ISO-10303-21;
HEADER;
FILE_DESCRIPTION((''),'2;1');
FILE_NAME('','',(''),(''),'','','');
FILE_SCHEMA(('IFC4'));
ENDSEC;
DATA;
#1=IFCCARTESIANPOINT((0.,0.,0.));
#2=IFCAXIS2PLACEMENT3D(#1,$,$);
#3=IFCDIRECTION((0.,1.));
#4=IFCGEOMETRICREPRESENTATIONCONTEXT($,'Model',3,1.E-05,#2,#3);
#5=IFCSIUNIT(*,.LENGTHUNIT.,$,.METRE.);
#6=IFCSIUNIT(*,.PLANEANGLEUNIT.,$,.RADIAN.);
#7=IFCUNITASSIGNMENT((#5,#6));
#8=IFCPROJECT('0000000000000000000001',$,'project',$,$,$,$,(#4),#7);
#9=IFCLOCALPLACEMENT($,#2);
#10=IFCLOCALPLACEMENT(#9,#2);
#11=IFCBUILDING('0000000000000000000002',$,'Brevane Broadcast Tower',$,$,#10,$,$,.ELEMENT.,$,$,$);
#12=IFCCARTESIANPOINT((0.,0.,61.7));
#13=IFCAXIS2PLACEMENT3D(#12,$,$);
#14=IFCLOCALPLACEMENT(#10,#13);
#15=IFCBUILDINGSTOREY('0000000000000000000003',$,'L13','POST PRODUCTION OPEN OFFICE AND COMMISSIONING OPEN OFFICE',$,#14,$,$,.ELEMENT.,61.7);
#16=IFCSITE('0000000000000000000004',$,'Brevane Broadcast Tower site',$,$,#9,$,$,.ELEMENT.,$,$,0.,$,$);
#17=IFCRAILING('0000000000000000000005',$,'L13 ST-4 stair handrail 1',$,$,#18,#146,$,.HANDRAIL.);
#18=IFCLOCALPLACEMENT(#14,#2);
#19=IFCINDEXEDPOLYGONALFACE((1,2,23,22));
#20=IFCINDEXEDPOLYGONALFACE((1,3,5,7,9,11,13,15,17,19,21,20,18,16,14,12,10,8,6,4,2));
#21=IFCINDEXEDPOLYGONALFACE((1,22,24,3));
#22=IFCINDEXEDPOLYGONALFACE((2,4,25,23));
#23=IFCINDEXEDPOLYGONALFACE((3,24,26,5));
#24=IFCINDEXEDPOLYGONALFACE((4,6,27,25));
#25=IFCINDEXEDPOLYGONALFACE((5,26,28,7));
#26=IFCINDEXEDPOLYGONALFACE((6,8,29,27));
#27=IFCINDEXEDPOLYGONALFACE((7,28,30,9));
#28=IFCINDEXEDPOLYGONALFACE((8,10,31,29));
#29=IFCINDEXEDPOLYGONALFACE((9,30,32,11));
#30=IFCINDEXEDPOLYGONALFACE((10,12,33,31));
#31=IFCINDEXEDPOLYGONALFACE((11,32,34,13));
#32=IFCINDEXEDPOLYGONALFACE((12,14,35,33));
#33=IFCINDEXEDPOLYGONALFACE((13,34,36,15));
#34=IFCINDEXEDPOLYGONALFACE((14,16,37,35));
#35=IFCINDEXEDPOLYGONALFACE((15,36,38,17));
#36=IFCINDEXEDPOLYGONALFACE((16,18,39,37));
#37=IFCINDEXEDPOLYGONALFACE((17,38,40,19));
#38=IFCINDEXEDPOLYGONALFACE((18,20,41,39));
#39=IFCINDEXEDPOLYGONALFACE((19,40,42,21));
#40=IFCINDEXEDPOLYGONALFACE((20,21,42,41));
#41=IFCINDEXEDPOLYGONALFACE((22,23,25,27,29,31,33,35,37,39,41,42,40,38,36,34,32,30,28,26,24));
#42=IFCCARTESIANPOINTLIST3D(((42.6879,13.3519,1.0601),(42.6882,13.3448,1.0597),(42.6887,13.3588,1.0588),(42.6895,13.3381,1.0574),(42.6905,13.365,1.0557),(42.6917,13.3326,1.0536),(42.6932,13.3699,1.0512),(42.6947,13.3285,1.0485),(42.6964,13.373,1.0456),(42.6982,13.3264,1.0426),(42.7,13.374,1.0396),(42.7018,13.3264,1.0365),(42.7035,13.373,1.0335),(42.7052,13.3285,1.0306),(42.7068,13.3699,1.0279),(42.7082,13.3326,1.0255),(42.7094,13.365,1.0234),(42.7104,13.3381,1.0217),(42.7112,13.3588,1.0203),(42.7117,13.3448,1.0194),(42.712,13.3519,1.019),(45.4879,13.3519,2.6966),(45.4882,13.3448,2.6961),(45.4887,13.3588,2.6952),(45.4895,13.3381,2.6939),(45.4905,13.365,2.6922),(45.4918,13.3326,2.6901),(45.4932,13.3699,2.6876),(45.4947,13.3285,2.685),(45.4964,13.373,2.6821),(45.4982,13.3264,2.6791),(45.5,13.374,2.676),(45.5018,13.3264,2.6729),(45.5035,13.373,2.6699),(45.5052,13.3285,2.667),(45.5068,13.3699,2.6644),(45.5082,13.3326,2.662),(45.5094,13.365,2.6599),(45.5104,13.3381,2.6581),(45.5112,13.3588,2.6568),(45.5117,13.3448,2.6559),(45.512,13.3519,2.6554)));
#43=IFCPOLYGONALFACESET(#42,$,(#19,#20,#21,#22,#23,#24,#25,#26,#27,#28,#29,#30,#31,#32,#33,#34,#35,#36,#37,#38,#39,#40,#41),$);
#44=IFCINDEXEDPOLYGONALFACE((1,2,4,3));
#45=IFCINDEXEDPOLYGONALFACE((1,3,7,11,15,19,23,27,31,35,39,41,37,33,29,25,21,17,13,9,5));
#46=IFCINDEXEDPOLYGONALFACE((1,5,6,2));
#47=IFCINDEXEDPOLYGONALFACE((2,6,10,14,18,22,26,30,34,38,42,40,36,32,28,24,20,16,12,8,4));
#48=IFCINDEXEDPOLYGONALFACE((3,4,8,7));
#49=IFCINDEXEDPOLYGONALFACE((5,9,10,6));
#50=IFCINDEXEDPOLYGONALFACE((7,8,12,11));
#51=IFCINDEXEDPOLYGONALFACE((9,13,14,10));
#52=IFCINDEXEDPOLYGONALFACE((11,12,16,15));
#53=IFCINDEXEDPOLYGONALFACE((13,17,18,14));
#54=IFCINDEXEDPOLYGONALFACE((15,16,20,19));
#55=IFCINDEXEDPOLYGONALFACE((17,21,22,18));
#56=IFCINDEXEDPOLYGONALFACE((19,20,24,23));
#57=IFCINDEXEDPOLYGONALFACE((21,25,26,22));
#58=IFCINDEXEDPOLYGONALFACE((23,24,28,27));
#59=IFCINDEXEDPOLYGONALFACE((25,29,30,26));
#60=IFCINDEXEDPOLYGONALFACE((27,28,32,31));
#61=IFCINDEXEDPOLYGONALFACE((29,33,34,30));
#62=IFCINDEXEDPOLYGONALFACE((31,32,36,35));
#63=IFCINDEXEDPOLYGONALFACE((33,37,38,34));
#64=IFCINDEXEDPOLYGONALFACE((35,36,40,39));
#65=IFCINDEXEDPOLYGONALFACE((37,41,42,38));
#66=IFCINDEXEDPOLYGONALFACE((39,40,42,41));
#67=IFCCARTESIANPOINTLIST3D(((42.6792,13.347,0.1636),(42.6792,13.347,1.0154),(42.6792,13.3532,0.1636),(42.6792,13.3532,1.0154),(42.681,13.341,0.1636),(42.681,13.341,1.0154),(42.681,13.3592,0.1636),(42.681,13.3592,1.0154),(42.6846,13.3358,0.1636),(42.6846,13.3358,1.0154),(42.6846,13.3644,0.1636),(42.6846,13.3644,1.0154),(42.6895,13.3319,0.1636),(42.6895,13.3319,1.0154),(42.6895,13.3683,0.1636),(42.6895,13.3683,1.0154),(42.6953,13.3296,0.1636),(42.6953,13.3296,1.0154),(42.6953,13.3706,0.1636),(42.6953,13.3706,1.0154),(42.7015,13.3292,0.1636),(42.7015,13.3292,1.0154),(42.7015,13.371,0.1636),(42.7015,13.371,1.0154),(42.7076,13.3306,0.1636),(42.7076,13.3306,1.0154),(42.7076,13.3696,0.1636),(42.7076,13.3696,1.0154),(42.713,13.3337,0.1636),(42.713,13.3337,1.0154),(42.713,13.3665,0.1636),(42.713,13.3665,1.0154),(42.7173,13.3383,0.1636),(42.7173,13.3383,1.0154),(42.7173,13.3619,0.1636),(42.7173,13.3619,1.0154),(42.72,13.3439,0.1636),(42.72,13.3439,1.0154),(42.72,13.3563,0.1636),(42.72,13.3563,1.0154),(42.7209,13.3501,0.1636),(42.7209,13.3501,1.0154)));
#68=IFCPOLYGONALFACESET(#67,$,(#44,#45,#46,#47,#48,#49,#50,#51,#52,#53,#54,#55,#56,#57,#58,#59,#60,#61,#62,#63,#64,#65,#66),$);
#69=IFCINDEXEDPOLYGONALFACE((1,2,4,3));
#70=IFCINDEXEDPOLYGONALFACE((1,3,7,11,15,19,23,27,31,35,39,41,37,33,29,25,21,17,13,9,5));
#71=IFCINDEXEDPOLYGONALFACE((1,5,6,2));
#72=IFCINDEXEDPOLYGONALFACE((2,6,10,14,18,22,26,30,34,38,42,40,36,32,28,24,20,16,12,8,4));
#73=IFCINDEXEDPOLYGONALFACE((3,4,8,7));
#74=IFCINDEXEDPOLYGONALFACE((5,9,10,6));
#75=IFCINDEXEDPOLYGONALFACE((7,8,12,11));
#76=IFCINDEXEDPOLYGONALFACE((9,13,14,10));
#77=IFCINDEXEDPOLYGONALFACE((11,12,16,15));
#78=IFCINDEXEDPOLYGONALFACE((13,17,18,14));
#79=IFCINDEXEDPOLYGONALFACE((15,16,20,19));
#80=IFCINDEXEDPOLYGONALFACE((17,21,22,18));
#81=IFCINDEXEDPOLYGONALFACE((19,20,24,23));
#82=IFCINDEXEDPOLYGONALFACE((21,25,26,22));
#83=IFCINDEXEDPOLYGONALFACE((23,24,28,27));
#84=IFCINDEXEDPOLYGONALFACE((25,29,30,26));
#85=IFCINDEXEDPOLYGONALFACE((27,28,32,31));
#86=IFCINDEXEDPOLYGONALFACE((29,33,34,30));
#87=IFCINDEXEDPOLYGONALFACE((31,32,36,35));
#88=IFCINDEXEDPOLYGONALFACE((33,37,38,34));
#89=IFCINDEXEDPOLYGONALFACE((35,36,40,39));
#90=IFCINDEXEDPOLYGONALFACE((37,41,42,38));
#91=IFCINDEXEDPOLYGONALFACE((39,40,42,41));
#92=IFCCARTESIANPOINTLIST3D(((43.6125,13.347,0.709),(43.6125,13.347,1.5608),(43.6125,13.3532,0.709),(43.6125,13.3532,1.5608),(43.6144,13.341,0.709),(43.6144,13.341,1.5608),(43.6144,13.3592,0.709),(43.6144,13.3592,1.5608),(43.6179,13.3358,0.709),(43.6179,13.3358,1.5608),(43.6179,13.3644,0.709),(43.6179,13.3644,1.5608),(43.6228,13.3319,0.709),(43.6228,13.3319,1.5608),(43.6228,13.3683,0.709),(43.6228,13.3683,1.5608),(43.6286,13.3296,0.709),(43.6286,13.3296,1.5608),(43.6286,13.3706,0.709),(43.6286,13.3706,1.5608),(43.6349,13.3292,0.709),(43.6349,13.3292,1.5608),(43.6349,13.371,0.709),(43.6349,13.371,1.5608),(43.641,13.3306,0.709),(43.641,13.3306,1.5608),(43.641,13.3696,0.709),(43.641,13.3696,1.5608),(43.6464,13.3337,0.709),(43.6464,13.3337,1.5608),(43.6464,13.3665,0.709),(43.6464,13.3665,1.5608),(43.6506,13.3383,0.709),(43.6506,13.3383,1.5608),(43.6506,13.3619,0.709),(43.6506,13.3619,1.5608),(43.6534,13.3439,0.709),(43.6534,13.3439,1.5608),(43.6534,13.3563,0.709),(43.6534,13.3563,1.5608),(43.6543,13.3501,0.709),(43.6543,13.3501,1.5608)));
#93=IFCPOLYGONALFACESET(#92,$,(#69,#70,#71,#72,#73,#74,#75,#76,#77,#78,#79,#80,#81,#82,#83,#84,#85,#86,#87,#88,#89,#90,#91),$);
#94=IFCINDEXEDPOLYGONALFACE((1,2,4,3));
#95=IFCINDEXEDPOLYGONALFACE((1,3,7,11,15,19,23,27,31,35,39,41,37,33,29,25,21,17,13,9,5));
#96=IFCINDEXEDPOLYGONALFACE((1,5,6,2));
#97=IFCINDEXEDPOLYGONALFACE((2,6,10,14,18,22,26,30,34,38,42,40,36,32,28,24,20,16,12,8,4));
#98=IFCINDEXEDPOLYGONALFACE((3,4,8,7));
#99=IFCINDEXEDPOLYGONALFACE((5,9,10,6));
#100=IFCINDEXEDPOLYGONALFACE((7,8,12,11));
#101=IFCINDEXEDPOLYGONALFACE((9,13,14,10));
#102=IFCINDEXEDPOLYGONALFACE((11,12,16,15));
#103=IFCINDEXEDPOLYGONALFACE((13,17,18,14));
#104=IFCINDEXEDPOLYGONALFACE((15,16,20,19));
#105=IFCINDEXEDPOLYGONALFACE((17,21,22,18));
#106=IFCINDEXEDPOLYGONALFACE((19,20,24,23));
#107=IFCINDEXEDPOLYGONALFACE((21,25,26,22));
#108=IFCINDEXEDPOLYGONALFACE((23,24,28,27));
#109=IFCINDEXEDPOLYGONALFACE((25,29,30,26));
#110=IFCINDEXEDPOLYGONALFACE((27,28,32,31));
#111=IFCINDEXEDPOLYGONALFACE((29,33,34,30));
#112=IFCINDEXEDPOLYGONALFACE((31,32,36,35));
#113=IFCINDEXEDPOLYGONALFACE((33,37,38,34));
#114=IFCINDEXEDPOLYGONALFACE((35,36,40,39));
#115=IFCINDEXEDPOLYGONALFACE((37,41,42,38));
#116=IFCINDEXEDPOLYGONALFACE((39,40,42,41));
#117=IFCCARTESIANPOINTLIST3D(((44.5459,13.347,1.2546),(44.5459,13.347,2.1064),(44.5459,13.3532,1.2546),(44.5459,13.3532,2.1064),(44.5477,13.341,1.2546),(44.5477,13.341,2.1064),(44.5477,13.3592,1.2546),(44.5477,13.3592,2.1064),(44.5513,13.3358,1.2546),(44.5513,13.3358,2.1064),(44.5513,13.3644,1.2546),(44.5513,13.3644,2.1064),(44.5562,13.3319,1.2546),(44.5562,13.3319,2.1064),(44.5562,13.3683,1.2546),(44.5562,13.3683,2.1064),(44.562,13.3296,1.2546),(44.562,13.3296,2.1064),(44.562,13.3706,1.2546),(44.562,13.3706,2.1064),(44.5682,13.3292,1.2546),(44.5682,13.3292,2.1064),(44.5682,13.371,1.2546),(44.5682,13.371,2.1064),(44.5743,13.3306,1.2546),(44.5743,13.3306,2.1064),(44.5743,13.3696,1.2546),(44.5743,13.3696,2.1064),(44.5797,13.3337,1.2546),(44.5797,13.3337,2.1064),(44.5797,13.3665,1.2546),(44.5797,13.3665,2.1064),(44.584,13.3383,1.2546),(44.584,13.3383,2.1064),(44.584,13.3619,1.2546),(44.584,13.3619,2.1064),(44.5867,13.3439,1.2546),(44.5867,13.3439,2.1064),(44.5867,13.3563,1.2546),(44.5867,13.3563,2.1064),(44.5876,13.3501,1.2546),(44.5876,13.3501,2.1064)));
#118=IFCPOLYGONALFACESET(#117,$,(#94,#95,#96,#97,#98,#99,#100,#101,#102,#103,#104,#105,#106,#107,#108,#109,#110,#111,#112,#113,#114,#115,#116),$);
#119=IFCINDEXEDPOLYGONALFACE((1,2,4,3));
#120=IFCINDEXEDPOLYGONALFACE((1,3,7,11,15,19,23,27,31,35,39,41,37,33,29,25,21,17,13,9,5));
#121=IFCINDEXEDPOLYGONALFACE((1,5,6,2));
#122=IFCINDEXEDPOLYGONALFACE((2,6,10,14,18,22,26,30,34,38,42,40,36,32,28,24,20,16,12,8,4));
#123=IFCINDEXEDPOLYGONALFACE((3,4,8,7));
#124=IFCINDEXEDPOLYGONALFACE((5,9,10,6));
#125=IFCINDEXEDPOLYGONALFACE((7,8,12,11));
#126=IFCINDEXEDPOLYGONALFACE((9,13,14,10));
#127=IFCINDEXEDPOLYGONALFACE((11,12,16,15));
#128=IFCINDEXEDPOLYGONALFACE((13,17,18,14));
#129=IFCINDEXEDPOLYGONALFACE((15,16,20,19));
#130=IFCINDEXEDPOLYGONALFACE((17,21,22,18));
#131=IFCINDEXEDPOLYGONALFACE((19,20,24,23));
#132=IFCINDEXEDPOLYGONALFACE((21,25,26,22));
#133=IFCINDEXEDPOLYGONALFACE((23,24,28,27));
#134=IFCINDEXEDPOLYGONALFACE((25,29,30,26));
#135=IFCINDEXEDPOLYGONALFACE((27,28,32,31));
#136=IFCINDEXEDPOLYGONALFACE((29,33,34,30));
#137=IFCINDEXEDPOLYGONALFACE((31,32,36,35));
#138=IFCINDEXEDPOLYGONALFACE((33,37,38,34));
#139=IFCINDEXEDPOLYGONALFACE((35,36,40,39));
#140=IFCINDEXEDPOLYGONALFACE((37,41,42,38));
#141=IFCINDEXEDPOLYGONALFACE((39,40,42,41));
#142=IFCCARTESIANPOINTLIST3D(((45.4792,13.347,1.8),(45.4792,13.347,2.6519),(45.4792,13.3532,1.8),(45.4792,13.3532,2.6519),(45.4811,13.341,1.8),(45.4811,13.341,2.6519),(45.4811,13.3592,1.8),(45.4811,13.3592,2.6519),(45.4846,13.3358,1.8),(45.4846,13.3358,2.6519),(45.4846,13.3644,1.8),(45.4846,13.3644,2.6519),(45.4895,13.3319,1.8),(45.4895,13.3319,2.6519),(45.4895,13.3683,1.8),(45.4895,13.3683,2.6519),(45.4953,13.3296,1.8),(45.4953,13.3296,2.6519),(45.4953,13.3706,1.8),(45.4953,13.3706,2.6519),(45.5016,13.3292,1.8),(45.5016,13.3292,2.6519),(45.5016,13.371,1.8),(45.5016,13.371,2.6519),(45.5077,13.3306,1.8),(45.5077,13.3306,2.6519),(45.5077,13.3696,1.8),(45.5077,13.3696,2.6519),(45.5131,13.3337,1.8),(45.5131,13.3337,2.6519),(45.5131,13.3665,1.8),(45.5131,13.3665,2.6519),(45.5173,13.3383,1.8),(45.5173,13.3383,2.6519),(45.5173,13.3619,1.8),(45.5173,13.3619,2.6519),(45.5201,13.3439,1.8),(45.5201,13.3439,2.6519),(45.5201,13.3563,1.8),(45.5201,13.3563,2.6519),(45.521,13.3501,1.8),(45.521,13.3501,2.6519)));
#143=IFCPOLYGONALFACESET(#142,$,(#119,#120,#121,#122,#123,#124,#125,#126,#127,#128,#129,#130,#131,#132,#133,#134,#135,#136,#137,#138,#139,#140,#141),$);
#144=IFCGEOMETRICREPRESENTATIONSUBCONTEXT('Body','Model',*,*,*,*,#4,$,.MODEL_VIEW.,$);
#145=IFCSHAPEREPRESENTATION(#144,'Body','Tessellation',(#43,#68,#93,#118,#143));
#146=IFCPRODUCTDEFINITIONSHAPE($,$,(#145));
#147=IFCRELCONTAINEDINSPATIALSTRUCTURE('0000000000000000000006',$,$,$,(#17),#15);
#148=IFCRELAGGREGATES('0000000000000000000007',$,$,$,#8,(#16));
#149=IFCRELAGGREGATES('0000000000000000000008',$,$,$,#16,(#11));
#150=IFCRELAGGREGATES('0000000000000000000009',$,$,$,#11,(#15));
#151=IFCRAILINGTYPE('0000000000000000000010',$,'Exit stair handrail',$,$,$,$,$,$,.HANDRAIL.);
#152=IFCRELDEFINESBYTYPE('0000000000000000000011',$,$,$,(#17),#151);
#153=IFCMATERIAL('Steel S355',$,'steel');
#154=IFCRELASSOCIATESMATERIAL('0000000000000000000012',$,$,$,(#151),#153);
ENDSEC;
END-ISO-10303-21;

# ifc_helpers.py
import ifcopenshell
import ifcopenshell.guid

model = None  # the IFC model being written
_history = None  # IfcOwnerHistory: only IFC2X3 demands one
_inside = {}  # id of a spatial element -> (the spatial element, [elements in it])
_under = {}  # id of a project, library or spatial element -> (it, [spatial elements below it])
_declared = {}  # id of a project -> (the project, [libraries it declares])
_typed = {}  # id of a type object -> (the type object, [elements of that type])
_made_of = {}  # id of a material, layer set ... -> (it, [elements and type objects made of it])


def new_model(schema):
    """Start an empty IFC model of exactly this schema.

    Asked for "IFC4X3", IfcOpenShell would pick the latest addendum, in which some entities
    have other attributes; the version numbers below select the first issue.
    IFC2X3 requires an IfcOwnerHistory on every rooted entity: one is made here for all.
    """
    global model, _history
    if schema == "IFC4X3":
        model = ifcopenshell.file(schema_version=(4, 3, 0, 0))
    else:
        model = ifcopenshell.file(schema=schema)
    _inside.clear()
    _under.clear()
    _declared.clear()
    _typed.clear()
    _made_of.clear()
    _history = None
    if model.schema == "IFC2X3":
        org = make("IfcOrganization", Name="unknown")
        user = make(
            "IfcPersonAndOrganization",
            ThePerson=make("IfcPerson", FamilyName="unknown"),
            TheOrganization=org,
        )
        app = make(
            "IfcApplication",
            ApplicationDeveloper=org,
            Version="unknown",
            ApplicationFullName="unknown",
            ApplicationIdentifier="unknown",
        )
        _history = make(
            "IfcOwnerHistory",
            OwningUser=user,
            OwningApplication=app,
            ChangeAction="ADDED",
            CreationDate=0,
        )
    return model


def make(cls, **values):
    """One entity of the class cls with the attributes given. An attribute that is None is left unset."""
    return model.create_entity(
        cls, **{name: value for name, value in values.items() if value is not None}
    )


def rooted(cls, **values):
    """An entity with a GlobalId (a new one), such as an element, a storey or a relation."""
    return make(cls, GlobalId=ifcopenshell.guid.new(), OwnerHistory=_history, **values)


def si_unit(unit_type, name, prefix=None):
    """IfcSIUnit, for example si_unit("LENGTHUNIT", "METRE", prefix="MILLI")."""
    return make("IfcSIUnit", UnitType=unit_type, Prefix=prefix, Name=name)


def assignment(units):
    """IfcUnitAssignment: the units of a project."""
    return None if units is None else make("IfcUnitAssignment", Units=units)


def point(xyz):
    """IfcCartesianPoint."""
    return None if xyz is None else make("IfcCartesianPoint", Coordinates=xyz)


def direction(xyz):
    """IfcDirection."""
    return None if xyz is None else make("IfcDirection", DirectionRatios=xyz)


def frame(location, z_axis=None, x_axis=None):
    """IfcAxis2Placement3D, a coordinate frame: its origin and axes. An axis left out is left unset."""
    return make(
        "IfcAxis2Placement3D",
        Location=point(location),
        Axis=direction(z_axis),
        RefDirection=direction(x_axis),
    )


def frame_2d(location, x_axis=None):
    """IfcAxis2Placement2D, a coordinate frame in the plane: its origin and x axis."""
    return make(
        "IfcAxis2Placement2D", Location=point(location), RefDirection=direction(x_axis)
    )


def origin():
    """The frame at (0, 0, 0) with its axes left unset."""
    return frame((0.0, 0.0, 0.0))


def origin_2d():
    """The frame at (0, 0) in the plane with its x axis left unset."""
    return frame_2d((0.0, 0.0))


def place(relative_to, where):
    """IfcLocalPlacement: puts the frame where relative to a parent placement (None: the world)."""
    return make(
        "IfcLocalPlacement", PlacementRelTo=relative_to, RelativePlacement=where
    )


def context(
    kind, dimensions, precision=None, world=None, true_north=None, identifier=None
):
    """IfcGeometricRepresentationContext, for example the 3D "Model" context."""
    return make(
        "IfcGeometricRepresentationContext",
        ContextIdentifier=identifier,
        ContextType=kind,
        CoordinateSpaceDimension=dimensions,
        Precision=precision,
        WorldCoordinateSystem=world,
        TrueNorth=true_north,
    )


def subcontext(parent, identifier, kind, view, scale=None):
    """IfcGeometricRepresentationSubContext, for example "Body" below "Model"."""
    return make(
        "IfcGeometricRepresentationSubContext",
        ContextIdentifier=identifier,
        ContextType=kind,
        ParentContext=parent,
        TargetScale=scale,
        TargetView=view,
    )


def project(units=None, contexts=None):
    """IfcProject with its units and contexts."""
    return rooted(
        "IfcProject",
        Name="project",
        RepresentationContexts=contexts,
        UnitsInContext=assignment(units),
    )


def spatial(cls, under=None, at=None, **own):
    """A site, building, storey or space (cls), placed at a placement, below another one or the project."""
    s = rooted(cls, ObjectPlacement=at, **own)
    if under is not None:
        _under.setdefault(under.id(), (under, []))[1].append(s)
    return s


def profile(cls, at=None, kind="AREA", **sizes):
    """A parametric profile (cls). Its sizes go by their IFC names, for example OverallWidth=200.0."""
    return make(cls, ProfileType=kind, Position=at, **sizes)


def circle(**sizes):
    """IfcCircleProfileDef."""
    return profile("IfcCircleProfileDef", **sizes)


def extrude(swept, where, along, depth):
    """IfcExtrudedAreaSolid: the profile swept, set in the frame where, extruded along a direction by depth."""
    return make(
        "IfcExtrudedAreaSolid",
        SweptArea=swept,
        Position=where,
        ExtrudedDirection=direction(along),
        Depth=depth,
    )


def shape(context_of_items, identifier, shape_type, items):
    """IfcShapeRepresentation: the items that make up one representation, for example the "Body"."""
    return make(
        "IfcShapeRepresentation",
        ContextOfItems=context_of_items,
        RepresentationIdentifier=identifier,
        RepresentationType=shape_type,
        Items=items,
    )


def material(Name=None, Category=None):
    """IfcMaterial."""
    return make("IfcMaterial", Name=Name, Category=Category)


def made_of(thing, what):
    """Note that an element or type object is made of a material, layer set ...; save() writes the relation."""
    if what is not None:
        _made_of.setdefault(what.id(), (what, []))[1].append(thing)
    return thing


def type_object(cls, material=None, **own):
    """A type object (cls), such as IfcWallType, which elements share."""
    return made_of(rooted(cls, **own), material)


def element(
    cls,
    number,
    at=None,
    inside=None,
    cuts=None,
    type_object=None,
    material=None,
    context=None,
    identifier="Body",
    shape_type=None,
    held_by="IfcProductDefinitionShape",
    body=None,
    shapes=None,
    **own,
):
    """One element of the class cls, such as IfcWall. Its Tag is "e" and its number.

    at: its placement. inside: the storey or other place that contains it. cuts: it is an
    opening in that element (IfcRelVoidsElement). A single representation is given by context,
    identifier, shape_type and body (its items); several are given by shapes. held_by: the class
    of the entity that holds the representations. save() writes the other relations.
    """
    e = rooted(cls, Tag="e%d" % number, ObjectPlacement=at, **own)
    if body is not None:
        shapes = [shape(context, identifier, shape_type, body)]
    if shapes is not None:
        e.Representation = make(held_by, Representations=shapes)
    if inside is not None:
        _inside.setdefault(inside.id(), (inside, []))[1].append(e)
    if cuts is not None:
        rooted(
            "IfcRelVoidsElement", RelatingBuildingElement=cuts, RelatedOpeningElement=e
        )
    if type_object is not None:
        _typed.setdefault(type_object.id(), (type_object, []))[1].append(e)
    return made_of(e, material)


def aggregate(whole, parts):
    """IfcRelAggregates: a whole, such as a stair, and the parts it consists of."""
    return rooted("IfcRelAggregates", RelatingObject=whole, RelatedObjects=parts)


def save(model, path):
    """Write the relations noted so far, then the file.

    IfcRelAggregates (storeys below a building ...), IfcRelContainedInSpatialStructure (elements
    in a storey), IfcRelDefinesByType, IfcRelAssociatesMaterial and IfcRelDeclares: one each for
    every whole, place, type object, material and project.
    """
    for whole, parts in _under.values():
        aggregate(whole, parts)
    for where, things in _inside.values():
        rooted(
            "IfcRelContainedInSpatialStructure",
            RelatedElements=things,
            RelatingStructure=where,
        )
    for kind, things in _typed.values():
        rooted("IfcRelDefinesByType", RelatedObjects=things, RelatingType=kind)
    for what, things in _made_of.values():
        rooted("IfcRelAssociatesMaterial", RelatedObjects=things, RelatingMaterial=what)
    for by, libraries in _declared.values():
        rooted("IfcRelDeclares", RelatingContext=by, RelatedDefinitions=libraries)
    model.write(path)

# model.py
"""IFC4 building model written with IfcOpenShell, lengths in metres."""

from ifc_helpers import new_model, si_unit, direction, frame, origin, origin_2d, place, context, subcontext, project, spatial, circle, extrude, material, type_object, element, save


model = new_model("IFC4")

# Units and contexts
model_context = context("Model", 3, precision=1e-05, world=origin(), true_north=direction((0.0, 1.0)))
body_context = subcontext(model_context, "Body", "Model", "MODEL_VIEW")
ifc_project = project(units=[si_unit("LENGTHUNIT", "METRE"), si_unit("PLANEANGLEUNIT", "RADIAN")], contexts=[model_context])

# Site, building, storey
site_placement = place(None, origin())
site = spatial("IfcSite", under=ifc_project, at=site_placement, Name="Brevane Broadcast Tower site", CompositionType="ELEMENT", RefElevation=0.0)
building_placement = place(site_placement, origin())
building = spatial("IfcBuilding", under=site, at=building_placement, Name="Brevane Broadcast Tower", CompositionType="ELEMENT")
storey_placement = place(building_placement, frame((0.0, 0.0, 61.7)))
storey = spatial("IfcBuildingStorey", under=building, at=storey_placement, Name="L13", Description="POST PRODUCTION OPEN OFFICE AND COMMISSIONING OPEN OFFICE", CompositionType="ELEMENT", Elevation=61.7)

# Railing
ifc_material_1 = material(Name="Steel S355", Category="steel")
railing_type_1 = type_object("IfcRailingType", Name="Exit stair handrail", PredefinedType="HANDRAIL", material=ifc_material_1)
railing_1_placement = place(storey_placement, frame((42.7, 13.3501, 0.1636)))
element("IfcRailing", 1, at=railing_1_placement, inside=storey, type_object=railing_type_1, Name="L13 ST-4 stair handrail 1", PredefinedType="HANDRAIL", context=body_context, shape_type="SweptSolid", body=[
    extrude(circle(Radius=0.0239, at=origin_2d()), frame((0.0, 0.0, 0.876), z_axis=(0.863361, 0.0, 0.504587), x_axis=(0.0, 1.0, 0.0)), (0.0, 0.0, 1.0), 3.2432),
    extrude(circle(Radius=0.021, at=origin_2d()), origin(), (0.0, 0.0, 1.0), 0.8518),
    extrude(circle(Radius=0.021, at=origin_2d()), frame((0.9333, 0.0, 0.5454)), (0.0, 0.0, 1.0), 0.8518),
    extrude(circle(Radius=0.021, at=origin_2d()), frame((1.8667, 0.0, 1.0911)), (0.0, 0.0, 1.0), 0.8518),
    extrude(circle(Radius=0.021, at=origin_2d()), frame((2.8, 0.0, 1.6365)), (0.0, 0.0, 1.0), 0.8518),
])

save(model, "model.ifc")
